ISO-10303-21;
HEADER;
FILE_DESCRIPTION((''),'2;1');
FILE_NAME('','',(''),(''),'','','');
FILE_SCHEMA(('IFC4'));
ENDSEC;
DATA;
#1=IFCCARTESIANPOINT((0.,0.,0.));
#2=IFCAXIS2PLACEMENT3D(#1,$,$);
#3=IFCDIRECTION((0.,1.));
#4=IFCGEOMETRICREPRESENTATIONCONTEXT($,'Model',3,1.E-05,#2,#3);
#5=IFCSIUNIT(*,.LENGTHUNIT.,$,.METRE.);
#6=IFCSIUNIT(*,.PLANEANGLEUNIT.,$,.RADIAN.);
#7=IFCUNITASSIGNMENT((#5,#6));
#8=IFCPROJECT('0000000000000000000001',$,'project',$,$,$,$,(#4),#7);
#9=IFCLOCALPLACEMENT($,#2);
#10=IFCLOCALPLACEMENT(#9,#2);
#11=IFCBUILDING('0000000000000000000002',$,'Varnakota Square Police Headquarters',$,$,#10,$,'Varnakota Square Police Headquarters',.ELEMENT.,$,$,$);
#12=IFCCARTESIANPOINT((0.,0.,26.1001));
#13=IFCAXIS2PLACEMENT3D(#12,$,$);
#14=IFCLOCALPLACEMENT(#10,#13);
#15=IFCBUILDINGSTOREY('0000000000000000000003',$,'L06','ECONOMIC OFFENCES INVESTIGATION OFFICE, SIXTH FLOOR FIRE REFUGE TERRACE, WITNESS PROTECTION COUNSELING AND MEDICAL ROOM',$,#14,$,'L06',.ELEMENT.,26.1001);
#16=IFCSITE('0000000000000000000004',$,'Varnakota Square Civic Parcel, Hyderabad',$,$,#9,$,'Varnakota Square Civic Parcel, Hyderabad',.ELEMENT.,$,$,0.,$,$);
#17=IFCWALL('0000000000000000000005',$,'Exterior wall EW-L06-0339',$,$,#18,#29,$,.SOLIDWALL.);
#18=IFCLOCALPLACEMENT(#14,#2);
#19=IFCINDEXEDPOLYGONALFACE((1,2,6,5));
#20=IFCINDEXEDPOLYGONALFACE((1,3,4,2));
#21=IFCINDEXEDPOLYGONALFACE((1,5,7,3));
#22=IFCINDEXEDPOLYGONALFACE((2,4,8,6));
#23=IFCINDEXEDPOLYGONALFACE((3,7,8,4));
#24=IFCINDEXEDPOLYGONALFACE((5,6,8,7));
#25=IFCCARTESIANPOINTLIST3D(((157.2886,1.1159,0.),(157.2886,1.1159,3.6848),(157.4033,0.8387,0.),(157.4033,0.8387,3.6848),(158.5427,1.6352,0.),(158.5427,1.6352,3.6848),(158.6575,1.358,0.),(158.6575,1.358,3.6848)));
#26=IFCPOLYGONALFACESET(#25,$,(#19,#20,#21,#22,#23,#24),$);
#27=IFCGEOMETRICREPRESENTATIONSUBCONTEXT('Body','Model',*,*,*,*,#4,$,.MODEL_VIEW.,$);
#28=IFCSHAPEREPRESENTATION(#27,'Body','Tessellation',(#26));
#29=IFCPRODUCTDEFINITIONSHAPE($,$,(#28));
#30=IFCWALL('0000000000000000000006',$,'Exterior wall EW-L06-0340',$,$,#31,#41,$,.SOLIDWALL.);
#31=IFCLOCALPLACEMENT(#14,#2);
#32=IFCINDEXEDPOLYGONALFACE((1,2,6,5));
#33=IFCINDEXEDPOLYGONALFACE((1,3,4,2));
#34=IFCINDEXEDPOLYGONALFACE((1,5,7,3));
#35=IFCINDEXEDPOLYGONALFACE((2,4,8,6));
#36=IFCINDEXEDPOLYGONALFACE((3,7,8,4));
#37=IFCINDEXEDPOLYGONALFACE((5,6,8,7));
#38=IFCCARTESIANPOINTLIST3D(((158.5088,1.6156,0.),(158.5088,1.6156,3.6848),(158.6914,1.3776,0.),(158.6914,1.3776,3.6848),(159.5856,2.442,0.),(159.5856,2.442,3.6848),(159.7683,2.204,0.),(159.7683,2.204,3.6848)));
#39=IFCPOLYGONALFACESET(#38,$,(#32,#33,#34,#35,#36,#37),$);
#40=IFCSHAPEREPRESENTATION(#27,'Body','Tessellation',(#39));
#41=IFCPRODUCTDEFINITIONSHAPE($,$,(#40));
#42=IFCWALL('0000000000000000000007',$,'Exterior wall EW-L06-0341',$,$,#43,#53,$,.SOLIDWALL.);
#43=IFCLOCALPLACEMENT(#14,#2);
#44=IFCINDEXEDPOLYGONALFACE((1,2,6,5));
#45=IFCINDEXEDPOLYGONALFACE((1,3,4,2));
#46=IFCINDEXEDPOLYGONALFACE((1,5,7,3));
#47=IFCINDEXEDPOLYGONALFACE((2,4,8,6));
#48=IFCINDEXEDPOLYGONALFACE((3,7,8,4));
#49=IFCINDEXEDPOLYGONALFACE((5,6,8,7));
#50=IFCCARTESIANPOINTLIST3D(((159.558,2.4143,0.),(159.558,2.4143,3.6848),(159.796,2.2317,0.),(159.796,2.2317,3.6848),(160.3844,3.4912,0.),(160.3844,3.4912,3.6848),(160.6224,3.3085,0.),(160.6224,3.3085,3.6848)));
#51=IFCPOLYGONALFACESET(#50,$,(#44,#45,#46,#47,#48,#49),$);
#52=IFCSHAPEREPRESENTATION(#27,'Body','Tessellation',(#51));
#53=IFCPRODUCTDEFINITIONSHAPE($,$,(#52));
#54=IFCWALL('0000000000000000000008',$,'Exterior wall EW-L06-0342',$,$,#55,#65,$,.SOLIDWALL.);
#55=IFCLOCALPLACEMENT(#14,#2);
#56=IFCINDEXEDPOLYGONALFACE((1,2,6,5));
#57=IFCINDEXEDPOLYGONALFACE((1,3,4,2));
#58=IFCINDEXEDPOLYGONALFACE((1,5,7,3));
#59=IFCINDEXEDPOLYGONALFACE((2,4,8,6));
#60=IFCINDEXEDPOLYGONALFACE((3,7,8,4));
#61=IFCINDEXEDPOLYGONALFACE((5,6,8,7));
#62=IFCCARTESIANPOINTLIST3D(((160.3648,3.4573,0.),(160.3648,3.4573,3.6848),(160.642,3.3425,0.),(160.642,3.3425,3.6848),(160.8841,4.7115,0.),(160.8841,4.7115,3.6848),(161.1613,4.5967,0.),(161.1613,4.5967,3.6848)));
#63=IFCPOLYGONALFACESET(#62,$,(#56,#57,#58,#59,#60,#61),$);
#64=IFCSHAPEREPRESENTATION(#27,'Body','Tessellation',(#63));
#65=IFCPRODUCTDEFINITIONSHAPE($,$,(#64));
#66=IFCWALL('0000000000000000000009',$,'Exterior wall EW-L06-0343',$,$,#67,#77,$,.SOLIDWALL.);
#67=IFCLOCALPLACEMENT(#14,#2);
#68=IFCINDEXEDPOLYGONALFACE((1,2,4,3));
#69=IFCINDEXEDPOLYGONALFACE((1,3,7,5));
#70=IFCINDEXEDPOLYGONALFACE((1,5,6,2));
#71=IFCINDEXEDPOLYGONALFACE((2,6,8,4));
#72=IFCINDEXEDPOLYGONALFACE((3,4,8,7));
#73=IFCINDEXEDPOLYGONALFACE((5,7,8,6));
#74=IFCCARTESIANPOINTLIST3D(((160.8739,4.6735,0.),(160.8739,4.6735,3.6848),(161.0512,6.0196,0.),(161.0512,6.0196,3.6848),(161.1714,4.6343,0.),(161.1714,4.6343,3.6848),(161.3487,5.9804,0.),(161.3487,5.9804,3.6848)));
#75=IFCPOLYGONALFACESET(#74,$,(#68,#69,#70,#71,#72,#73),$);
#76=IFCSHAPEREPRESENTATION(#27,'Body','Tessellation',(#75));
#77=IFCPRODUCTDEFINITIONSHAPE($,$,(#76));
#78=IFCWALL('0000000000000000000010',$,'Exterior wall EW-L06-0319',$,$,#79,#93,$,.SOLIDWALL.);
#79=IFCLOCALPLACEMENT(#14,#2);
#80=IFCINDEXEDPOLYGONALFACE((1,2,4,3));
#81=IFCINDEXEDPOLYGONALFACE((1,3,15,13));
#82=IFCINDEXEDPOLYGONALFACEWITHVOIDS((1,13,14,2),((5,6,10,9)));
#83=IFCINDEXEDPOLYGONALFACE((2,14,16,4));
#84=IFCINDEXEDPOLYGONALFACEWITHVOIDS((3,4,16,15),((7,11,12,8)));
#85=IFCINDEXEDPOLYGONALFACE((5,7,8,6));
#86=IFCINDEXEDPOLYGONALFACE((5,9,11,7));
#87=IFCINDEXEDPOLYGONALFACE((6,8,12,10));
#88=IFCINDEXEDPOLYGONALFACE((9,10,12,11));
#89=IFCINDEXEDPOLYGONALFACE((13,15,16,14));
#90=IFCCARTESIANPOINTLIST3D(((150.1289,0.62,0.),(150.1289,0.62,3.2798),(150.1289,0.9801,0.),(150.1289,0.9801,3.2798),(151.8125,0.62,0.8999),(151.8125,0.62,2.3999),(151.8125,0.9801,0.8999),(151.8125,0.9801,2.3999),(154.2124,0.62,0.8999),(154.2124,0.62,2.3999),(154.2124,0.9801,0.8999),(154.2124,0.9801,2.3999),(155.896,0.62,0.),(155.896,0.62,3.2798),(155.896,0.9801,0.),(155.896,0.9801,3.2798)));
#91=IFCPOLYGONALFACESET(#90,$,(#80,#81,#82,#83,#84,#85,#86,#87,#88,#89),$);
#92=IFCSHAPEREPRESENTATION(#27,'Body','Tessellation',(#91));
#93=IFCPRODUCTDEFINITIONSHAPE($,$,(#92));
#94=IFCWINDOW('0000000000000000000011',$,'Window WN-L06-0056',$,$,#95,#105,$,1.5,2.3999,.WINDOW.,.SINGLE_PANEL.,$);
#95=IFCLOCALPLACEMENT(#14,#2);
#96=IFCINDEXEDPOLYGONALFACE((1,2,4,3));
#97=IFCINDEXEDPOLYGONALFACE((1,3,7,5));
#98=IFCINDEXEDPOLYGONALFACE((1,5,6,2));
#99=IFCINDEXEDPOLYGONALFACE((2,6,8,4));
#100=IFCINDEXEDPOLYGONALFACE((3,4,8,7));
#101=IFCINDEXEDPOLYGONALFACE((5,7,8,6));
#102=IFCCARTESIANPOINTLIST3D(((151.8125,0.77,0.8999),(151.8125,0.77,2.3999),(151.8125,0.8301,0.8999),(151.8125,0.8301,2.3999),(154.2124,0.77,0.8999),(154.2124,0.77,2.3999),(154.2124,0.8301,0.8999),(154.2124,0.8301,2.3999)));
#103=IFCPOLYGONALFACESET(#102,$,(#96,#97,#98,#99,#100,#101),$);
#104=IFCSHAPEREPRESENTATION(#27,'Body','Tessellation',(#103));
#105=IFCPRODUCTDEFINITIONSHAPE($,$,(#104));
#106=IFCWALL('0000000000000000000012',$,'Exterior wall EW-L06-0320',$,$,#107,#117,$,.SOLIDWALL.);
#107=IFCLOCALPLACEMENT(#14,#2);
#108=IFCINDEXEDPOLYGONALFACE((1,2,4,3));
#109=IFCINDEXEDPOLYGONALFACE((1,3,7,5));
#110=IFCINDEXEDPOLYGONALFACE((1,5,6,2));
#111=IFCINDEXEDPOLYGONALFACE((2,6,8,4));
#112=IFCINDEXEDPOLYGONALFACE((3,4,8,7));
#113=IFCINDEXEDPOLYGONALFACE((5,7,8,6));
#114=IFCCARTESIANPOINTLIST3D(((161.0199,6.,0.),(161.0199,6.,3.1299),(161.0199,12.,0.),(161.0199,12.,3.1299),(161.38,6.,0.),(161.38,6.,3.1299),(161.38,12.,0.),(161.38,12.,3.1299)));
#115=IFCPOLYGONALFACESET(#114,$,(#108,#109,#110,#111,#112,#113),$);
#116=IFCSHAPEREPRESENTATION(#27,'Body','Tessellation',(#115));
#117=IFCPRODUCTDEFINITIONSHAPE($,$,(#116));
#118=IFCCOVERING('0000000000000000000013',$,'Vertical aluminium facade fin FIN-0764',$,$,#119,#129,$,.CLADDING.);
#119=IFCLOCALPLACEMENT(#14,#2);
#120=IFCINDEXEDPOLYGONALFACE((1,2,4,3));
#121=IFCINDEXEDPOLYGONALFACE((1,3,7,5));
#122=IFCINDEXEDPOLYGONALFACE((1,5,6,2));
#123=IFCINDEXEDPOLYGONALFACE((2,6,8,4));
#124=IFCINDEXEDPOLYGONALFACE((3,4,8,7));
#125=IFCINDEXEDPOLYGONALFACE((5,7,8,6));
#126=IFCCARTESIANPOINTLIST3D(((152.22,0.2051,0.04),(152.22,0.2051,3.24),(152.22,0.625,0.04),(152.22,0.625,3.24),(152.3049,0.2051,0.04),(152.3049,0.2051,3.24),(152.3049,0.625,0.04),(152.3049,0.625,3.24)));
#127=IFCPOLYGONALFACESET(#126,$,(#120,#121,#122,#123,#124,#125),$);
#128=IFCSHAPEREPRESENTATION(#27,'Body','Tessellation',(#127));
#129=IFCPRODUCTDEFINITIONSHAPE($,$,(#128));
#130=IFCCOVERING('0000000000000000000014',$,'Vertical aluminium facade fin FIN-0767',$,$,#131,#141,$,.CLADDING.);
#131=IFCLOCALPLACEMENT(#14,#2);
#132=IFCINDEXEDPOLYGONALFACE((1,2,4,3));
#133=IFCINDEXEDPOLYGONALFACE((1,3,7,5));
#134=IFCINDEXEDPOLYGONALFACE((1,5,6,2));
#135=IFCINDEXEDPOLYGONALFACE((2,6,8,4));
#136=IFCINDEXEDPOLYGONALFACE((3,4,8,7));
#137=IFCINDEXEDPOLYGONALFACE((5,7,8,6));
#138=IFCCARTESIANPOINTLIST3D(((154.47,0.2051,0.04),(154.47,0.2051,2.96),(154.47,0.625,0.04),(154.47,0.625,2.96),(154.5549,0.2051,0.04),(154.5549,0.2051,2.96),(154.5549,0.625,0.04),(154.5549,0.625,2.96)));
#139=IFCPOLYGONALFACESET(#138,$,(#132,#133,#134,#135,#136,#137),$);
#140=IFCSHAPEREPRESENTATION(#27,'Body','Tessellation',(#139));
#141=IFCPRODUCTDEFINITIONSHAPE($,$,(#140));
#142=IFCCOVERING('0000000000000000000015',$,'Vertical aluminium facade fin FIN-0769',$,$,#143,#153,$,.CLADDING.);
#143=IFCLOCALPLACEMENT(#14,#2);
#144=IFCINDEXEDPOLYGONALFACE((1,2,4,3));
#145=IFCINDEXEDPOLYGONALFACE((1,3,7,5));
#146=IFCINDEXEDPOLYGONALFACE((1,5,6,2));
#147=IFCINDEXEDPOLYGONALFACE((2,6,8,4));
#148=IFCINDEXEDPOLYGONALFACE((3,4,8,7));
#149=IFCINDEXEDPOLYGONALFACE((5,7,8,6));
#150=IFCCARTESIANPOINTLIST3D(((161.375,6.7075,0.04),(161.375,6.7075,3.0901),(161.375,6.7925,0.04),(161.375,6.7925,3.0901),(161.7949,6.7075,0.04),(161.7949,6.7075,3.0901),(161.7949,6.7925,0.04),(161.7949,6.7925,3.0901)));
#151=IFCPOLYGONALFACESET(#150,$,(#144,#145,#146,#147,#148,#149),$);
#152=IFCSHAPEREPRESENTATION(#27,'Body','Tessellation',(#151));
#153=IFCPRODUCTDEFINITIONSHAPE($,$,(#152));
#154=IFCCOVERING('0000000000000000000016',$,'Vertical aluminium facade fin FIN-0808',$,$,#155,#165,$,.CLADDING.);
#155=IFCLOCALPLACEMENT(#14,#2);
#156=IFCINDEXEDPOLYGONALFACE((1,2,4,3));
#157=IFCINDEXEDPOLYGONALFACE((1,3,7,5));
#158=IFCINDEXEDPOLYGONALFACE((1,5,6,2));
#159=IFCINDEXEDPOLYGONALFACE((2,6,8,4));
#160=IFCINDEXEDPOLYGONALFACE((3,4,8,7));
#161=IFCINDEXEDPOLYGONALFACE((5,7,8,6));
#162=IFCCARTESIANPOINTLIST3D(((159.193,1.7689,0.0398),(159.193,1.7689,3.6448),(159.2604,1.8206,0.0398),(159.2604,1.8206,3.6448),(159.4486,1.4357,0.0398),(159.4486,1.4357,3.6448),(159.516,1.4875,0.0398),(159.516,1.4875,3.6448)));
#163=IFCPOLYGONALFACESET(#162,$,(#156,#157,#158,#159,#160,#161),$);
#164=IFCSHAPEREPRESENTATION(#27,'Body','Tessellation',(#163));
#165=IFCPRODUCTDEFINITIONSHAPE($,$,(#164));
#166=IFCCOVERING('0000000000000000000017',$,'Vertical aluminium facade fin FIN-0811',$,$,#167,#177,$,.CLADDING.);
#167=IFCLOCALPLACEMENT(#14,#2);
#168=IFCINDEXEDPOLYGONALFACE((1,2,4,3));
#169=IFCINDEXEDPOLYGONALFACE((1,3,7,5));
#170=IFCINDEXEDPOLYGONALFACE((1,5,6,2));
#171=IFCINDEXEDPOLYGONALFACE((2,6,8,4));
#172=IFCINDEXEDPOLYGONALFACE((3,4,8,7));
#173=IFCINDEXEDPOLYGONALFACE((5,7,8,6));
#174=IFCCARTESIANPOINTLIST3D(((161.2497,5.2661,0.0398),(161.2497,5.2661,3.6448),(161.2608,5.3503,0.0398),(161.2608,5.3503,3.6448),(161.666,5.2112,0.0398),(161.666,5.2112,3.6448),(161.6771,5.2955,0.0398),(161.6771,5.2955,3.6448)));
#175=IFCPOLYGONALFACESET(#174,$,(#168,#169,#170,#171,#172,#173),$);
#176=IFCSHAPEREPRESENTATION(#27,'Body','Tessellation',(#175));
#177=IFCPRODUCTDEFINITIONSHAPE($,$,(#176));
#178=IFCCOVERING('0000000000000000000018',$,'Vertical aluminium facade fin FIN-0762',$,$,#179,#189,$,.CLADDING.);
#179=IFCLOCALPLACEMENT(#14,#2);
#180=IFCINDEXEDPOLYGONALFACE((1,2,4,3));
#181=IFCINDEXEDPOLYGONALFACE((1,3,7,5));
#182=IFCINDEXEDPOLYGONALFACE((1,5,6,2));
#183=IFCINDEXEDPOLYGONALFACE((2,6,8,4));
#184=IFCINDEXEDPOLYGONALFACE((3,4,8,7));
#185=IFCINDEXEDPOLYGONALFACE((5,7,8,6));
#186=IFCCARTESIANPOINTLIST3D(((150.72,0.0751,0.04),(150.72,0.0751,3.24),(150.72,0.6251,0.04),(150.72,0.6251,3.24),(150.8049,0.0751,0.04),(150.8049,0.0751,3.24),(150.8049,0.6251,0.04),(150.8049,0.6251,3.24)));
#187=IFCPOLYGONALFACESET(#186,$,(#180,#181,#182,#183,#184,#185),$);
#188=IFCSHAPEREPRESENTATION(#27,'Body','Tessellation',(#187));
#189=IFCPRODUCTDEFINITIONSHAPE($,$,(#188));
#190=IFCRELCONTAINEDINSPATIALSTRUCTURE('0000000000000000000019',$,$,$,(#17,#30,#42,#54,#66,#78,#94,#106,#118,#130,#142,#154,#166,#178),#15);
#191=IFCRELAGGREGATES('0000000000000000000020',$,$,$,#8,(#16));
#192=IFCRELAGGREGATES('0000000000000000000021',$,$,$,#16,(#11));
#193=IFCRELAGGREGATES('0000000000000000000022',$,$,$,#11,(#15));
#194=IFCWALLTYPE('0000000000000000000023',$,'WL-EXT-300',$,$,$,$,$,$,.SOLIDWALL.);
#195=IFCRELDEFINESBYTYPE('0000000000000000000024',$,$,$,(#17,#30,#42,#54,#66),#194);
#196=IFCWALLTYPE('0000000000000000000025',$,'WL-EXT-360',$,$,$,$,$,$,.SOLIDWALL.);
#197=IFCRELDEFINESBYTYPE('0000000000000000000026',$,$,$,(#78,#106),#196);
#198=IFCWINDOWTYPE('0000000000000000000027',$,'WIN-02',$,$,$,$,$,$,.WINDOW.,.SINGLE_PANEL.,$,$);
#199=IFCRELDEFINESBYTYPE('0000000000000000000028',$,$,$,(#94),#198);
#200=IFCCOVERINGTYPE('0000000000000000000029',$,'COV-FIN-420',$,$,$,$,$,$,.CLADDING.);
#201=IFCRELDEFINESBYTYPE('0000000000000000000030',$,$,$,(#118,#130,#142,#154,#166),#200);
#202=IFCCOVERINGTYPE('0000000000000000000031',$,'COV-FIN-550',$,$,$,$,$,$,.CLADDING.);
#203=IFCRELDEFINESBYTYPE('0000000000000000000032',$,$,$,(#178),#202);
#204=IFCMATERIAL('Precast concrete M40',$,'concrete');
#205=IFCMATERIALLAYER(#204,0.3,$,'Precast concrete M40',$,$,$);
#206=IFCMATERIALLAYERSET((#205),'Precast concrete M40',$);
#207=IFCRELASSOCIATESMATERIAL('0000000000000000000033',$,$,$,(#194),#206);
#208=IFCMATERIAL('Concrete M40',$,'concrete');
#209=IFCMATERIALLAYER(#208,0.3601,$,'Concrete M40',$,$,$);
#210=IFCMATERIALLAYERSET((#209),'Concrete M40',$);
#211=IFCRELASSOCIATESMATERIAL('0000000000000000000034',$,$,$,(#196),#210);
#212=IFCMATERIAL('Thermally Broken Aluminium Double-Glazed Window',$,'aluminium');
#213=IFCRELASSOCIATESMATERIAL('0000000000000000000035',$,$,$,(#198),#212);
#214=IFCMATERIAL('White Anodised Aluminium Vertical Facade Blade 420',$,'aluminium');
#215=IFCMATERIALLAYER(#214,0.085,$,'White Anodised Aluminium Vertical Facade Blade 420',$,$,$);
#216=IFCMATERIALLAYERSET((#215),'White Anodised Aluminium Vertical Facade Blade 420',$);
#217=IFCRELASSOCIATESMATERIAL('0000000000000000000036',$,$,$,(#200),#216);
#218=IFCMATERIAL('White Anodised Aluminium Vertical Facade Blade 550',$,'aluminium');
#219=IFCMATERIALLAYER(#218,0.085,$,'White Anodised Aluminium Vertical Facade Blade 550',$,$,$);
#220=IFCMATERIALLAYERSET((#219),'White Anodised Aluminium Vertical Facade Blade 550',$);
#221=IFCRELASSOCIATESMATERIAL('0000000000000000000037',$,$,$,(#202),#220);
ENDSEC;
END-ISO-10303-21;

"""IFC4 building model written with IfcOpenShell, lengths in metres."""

from ifc_helpers import new_model, si_unit, direction, frame, frame_2d, origin, origin_2d, place, context, subcontext, project, spatial, rectangle, extrude, material, layer, layer_set, type_object, element, fill, save


model = new_model("IFC4")

# Units and contexts
model_context = context("Model", 3, precision=1e-05, world=origin(), true_north=direction((0.0, 1.0)))
body_context = subcontext(model_context, "Body", "Model", "MODEL_VIEW")
ifc_project = project(units=[si_unit("LENGTHUNIT", "METRE"), si_unit("PLANEANGLEUNIT", "RADIAN")], contexts=[model_context])

# Site, building, storey
site_placement = place(None, origin())
site = spatial("IfcSite", under=ifc_project, at=site_placement, Name="Varnakota Square Civic Parcel, Hyderabad", LongName="Varnakota Square Civic Parcel, Hyderabad", CompositionType="ELEMENT", RefElevation=0.0)
building_placement = place(site_placement, origin())
building = spatial("IfcBuilding", under=site, at=building_placement, Name="Varnakota Square Police Headquarters", LongName="Varnakota Square Police Headquarters", CompositionType="ELEMENT")
storey_placement = place(building_placement, frame((0.0, 0.0, 26.1001)))
storey = spatial("IfcBuildingStorey", under=building, at=storey_placement, Name="L06", Description="ECONOMIC OFFENCES INVESTIGATION OFFICE, SIXTH FLOOR FIRE REFUGE TERRACE, WITNESS PROTECTION COUNSELING AND MEDICAL ROOM", LongName="L06", CompositionType="ELEMENT", Elevation=26.1001)

# Walls
ifc_material_1 = material(Name="Precast concrete M40", Category="concrete")
ifc_layer_1 = layer(ifc_material_1, 0.3, Name="Precast concrete M40")
ifc_layer_set_1 = layer_set([ifc_layer_1], Name="Precast concrete M40")
wall_type_1 = type_object("IfcWallType", Name="WL-EXT-300", PredefinedType="SOLIDWALL", material=ifc_layer_set_1)
for number, where, z_axis, x_axis, name in (
    (1, (157.3459, 0.9773, 0.0), (0.0, 0.0, 1.0), (0.923931, 0.382558, 0.0), "Exterior wall EW-L06-0339"),
    (2, (158.6001, 1.4966, 0.0), (0.0, 0.0, 1.0), (0.793325, 0.608798, 0.0), "Exterior wall EW-L06-0340"),
    (3, (159.677, 2.323, 0.0), (0.0, 0.0, 1.0), (0.608798, 0.793325, 0.0), "Exterior wall EW-L06-0341"),
    (4, (160.5034, 3.3999, 0.0), (0.0, 0.0, 1.0), (0.382558, 0.923931, 0.0), "Exterior wall EW-L06-0342"),
):
    element("IfcWall", number, at=place(storey_placement, frame(where, z_axis=z_axis, x_axis=x_axis)), inside=storey, type_object=wall_type_1, Name=name, PredefinedType="SOLIDWALL", context=body_context, shape_type="SweptSolid", body=[
        extrude(rectangle(XDim=1.3574, YDim=0.3, at=frame_2d((0.6787, 0.0))), origin(), (0.0, 0.0, 1.0), 3.6848),
    ])
wall_1_placement = place(storey_placement, frame((161.0227, 4.6541, 0.0), z_axis=(0.0, 0.0, 1.0), x_axis=(0.130562, 0.99144, 0.0)))
element("IfcWall", 5, at=wall_1_placement, inside=storey, type_object=wall_type_1, Name="Exterior wall EW-L06-0343", PredefinedType="SOLIDWALL", context=body_context, shape_type="SweptSolid", body=[
    extrude(rectangle(XDim=1.3577, YDim=0.3, at=frame_2d((0.6787, 0.0))), origin(), (0.0, 0.0, 1.0), 3.6848),
])

# Wall, opening, window
ifc_material_2 = material(Name="Concrete M40", Category="concrete")
ifc_layer_2 = layer(ifc_material_2, 0.3601, Name="Concrete M40")
ifc_layer_set_2 = layer_set([ifc_layer_2], Name="Concrete M40")
wall_type_2 = type_object("IfcWallType", Name="WL-EXT-360", PredefinedType="SOLIDWALL", material=ifc_layer_set_2)
wall_2_placement = place(storey_placement, frame((150.1289, 0.8, 0.0), z_axis=(0.0, 0.0, 1.0), x_axis=(1.0, 0.0, 0.0)))
wall_2 = element("IfcWall", 6, at=wall_2_placement, inside=storey, type_object=wall_type_2, Name="Exterior wall EW-L06-0319", PredefinedType="SOLIDWALL", context=body_context, shape_type="SweptSolid", body=[
    extrude(rectangle(XDim=5.7671, YDim=0.3601, at=frame_2d((2.8835, 0.0))), origin(), (0.0, 0.0, 1.0), 3.2798),
])
opening_placement = place(wall_2_placement, frame((1.6836, 0.0, 0.8999)))
opening = element("IfcOpeningElement", 7, at=opening_placement, cuts=wall_2, PredefinedType="OPENING", context=body_context, shape_type="SweptSolid", body=[
    extrude(rectangle(XDim=2.3999, YDim=1.5, at=frame_2d((1.2, 0.75))), frame((0.0, 0.1899, 0.0), z_axis=(0.0, -1.0, 0.0), x_axis=(1.0, 0.0, 0.0)), (0.0, 0.0, 1.0), 0.3801),
])
ifc_material_3 = material(Name="Thermally Broken Aluminium Double-Glazed Window", Category="aluminium")
window_type = type_object("IfcWindowType", Name="WIN-02", PartitioningType="SINGLE_PANEL", PredefinedType="WINDOW", material=ifc_material_3)
window_placement = place(opening_placement, origin())
window = element("IfcWindow", 8, at=window_placement, inside=storey, type_object=window_type, Name="Window WN-L06-0056", OverallHeight=1.5, OverallWidth=2.3999, PartitioningType="SINGLE_PANEL", PredefinedType="WINDOW", context=body_context, shape_type="SweptSolid", body=[
    extrude(rectangle(XDim=2.3999, YDim=1.5, at=frame_2d((1.2, 0.75))), frame((0.0, 0.03, 0.0), z_axis=(0.0, -1.0, 0.0), x_axis=(1.0, 0.0, 0.0)), (0.0, 0.0, 1.0), 0.0601),
])
fill(opening, window)

# Wall
wall_3_placement = place(storey_placement, frame((161.2, 6.0, 0.0), z_axis=(0.0, 0.0, 1.0), x_axis=(0.0, 1.0, 0.0)))
element("IfcWall", 9, at=wall_3_placement, inside=storey, type_object=wall_type_2, Name="Exterior wall EW-L06-0320", PredefinedType="SOLIDWALL", context=body_context, shape_type="SweptSolid", body=[
    extrude(rectangle(XDim=6.0, YDim=0.3601, at=frame_2d((3.0, 0.0))), origin(), (0.0, 0.0, 1.0), 3.1299),
])

# Coverings
ifc_material_4 = material(Name="White Anodised Aluminium Vertical Facade Blade 420", Category="aluminium")
ifc_layer_3 = layer(ifc_material_4, 0.085, Name="White Anodised Aluminium Vertical Facade Blade 420")
ifc_layer_set_3 = layer_set([ifc_layer_3], Name="White Anodised Aluminium Vertical Facade Blade 420")
covering_type_1 = type_object("IfcCoveringType", Name="COV-FIN-420", PredefinedType="CLADDING", material=ifc_layer_set_3)
covering_1_placement = place(storey_placement, frame((152.2625, 0.415, 0.04), z_axis=(0.0, 0.0, 1.0), x_axis=(1.0, 0.0, 0.0)))
element("IfcCovering", 10, at=covering_1_placement, inside=storey, type_object=covering_type_1, Name="Vertical aluminium facade fin FIN-0764", PredefinedType="CLADDING", context=body_context, shape_type="SweptSolid", body=[
    extrude(rectangle(XDim=0.085, YDim=0.4199, at=origin_2d()), origin(), (0.0, 0.0, 1.0), 3.2),
])
covering_2_placement = place(storey_placement, frame((154.5125, 0.415, 0.04), z_axis=(0.0, 0.0, 1.0), x_axis=(1.0, 0.0, 0.0)))
element("IfcCovering", 11, at=covering_2_placement, inside=storey, type_object=covering_type_1, Name="Vertical aluminium facade fin FIN-0767", PredefinedType="CLADDING", context=body_context, shape_type="SweptSolid", body=[
    extrude(rectangle(XDim=0.085, YDim=0.4199, at=origin_2d()), origin(), (0.0, 0.0, 1.0), 2.9199),
])
covering_3_placement = place(storey_placement, frame((161.585, 6.75, 0.04), z_axis=(0.0, 0.0, 1.0), x_axis=(0.0, 1.0, 0.0)))
element("IfcCovering", 12, at=covering_3_placement, inside=storey, type_object=covering_type_1, Name="Vertical aluminium facade fin FIN-0769", PredefinedType="CLADDING", context=body_context, shape_type="SweptSolid", body=[
    extrude(rectangle(XDim=0.085, YDim=0.4199, at=origin_2d()), origin(), (0.0, 0.0, 1.0), 3.05),
])
for number, where, z_axis, x_axis, name in (
    (13, (159.3545, 1.6282, 0.0398), (0.0, 0.0, 1.0), (0.793353, 0.608761, 0.0), "Vertical aluminium facade fin FIN-0808"),
    (14, (161.4634, 5.2808, 0.0398), (0.0, 0.0, 1.0), (0.130526, 0.991445, 0.0), "Vertical aluminium facade fin FIN-0811"),
):
    element("IfcCovering", number, at=place(storey_placement, frame(where, z_axis=z_axis, x_axis=x_axis)), inside=storey, type_object=covering_type_1, Name=name, PredefinedType="CLADDING", context=body_context, shape_type="SweptSolid", body=[
        extrude(rectangle(XDim=0.085, YDim=0.4199, at=origin_2d()), origin(), (0.0, 0.0, 1.0), 3.605),
    ])
ifc_material_5 = material(Name="White Anodised Aluminium Vertical Facade Blade 550", Category="aluminium")
ifc_layer_4 = layer(ifc_material_5, 0.085, Name="White Anodised Aluminium Vertical Facade Blade 550")
ifc_layer_set_4 = layer_set([ifc_layer_4], Name="White Anodised Aluminium Vertical Facade Blade 550")
covering_type_2 = type_object("IfcCoveringType", Name="COV-FIN-550", PredefinedType="CLADDING", material=ifc_layer_set_4)
covering_4_placement = place(storey_placement, frame((150.7625, 0.3501, 0.04), z_axis=(0.0, 0.0, 1.0), x_axis=(1.0, 0.0, 0.0)))
element("IfcCovering", 15, at=covering_4_placement, inside=storey, type_object=covering_type_2, Name="Vertical aluminium facade fin FIN-0762", PredefinedType="CLADDING", context=body_context, shape_type="SweptSolid", body=[
    extrude(rectangle(XDim=0.085, YDim=0.55, at=origin_2d()), origin(), (0.0, 0.0, 1.0), 3.2),
])

save(model, "model.ifc")
